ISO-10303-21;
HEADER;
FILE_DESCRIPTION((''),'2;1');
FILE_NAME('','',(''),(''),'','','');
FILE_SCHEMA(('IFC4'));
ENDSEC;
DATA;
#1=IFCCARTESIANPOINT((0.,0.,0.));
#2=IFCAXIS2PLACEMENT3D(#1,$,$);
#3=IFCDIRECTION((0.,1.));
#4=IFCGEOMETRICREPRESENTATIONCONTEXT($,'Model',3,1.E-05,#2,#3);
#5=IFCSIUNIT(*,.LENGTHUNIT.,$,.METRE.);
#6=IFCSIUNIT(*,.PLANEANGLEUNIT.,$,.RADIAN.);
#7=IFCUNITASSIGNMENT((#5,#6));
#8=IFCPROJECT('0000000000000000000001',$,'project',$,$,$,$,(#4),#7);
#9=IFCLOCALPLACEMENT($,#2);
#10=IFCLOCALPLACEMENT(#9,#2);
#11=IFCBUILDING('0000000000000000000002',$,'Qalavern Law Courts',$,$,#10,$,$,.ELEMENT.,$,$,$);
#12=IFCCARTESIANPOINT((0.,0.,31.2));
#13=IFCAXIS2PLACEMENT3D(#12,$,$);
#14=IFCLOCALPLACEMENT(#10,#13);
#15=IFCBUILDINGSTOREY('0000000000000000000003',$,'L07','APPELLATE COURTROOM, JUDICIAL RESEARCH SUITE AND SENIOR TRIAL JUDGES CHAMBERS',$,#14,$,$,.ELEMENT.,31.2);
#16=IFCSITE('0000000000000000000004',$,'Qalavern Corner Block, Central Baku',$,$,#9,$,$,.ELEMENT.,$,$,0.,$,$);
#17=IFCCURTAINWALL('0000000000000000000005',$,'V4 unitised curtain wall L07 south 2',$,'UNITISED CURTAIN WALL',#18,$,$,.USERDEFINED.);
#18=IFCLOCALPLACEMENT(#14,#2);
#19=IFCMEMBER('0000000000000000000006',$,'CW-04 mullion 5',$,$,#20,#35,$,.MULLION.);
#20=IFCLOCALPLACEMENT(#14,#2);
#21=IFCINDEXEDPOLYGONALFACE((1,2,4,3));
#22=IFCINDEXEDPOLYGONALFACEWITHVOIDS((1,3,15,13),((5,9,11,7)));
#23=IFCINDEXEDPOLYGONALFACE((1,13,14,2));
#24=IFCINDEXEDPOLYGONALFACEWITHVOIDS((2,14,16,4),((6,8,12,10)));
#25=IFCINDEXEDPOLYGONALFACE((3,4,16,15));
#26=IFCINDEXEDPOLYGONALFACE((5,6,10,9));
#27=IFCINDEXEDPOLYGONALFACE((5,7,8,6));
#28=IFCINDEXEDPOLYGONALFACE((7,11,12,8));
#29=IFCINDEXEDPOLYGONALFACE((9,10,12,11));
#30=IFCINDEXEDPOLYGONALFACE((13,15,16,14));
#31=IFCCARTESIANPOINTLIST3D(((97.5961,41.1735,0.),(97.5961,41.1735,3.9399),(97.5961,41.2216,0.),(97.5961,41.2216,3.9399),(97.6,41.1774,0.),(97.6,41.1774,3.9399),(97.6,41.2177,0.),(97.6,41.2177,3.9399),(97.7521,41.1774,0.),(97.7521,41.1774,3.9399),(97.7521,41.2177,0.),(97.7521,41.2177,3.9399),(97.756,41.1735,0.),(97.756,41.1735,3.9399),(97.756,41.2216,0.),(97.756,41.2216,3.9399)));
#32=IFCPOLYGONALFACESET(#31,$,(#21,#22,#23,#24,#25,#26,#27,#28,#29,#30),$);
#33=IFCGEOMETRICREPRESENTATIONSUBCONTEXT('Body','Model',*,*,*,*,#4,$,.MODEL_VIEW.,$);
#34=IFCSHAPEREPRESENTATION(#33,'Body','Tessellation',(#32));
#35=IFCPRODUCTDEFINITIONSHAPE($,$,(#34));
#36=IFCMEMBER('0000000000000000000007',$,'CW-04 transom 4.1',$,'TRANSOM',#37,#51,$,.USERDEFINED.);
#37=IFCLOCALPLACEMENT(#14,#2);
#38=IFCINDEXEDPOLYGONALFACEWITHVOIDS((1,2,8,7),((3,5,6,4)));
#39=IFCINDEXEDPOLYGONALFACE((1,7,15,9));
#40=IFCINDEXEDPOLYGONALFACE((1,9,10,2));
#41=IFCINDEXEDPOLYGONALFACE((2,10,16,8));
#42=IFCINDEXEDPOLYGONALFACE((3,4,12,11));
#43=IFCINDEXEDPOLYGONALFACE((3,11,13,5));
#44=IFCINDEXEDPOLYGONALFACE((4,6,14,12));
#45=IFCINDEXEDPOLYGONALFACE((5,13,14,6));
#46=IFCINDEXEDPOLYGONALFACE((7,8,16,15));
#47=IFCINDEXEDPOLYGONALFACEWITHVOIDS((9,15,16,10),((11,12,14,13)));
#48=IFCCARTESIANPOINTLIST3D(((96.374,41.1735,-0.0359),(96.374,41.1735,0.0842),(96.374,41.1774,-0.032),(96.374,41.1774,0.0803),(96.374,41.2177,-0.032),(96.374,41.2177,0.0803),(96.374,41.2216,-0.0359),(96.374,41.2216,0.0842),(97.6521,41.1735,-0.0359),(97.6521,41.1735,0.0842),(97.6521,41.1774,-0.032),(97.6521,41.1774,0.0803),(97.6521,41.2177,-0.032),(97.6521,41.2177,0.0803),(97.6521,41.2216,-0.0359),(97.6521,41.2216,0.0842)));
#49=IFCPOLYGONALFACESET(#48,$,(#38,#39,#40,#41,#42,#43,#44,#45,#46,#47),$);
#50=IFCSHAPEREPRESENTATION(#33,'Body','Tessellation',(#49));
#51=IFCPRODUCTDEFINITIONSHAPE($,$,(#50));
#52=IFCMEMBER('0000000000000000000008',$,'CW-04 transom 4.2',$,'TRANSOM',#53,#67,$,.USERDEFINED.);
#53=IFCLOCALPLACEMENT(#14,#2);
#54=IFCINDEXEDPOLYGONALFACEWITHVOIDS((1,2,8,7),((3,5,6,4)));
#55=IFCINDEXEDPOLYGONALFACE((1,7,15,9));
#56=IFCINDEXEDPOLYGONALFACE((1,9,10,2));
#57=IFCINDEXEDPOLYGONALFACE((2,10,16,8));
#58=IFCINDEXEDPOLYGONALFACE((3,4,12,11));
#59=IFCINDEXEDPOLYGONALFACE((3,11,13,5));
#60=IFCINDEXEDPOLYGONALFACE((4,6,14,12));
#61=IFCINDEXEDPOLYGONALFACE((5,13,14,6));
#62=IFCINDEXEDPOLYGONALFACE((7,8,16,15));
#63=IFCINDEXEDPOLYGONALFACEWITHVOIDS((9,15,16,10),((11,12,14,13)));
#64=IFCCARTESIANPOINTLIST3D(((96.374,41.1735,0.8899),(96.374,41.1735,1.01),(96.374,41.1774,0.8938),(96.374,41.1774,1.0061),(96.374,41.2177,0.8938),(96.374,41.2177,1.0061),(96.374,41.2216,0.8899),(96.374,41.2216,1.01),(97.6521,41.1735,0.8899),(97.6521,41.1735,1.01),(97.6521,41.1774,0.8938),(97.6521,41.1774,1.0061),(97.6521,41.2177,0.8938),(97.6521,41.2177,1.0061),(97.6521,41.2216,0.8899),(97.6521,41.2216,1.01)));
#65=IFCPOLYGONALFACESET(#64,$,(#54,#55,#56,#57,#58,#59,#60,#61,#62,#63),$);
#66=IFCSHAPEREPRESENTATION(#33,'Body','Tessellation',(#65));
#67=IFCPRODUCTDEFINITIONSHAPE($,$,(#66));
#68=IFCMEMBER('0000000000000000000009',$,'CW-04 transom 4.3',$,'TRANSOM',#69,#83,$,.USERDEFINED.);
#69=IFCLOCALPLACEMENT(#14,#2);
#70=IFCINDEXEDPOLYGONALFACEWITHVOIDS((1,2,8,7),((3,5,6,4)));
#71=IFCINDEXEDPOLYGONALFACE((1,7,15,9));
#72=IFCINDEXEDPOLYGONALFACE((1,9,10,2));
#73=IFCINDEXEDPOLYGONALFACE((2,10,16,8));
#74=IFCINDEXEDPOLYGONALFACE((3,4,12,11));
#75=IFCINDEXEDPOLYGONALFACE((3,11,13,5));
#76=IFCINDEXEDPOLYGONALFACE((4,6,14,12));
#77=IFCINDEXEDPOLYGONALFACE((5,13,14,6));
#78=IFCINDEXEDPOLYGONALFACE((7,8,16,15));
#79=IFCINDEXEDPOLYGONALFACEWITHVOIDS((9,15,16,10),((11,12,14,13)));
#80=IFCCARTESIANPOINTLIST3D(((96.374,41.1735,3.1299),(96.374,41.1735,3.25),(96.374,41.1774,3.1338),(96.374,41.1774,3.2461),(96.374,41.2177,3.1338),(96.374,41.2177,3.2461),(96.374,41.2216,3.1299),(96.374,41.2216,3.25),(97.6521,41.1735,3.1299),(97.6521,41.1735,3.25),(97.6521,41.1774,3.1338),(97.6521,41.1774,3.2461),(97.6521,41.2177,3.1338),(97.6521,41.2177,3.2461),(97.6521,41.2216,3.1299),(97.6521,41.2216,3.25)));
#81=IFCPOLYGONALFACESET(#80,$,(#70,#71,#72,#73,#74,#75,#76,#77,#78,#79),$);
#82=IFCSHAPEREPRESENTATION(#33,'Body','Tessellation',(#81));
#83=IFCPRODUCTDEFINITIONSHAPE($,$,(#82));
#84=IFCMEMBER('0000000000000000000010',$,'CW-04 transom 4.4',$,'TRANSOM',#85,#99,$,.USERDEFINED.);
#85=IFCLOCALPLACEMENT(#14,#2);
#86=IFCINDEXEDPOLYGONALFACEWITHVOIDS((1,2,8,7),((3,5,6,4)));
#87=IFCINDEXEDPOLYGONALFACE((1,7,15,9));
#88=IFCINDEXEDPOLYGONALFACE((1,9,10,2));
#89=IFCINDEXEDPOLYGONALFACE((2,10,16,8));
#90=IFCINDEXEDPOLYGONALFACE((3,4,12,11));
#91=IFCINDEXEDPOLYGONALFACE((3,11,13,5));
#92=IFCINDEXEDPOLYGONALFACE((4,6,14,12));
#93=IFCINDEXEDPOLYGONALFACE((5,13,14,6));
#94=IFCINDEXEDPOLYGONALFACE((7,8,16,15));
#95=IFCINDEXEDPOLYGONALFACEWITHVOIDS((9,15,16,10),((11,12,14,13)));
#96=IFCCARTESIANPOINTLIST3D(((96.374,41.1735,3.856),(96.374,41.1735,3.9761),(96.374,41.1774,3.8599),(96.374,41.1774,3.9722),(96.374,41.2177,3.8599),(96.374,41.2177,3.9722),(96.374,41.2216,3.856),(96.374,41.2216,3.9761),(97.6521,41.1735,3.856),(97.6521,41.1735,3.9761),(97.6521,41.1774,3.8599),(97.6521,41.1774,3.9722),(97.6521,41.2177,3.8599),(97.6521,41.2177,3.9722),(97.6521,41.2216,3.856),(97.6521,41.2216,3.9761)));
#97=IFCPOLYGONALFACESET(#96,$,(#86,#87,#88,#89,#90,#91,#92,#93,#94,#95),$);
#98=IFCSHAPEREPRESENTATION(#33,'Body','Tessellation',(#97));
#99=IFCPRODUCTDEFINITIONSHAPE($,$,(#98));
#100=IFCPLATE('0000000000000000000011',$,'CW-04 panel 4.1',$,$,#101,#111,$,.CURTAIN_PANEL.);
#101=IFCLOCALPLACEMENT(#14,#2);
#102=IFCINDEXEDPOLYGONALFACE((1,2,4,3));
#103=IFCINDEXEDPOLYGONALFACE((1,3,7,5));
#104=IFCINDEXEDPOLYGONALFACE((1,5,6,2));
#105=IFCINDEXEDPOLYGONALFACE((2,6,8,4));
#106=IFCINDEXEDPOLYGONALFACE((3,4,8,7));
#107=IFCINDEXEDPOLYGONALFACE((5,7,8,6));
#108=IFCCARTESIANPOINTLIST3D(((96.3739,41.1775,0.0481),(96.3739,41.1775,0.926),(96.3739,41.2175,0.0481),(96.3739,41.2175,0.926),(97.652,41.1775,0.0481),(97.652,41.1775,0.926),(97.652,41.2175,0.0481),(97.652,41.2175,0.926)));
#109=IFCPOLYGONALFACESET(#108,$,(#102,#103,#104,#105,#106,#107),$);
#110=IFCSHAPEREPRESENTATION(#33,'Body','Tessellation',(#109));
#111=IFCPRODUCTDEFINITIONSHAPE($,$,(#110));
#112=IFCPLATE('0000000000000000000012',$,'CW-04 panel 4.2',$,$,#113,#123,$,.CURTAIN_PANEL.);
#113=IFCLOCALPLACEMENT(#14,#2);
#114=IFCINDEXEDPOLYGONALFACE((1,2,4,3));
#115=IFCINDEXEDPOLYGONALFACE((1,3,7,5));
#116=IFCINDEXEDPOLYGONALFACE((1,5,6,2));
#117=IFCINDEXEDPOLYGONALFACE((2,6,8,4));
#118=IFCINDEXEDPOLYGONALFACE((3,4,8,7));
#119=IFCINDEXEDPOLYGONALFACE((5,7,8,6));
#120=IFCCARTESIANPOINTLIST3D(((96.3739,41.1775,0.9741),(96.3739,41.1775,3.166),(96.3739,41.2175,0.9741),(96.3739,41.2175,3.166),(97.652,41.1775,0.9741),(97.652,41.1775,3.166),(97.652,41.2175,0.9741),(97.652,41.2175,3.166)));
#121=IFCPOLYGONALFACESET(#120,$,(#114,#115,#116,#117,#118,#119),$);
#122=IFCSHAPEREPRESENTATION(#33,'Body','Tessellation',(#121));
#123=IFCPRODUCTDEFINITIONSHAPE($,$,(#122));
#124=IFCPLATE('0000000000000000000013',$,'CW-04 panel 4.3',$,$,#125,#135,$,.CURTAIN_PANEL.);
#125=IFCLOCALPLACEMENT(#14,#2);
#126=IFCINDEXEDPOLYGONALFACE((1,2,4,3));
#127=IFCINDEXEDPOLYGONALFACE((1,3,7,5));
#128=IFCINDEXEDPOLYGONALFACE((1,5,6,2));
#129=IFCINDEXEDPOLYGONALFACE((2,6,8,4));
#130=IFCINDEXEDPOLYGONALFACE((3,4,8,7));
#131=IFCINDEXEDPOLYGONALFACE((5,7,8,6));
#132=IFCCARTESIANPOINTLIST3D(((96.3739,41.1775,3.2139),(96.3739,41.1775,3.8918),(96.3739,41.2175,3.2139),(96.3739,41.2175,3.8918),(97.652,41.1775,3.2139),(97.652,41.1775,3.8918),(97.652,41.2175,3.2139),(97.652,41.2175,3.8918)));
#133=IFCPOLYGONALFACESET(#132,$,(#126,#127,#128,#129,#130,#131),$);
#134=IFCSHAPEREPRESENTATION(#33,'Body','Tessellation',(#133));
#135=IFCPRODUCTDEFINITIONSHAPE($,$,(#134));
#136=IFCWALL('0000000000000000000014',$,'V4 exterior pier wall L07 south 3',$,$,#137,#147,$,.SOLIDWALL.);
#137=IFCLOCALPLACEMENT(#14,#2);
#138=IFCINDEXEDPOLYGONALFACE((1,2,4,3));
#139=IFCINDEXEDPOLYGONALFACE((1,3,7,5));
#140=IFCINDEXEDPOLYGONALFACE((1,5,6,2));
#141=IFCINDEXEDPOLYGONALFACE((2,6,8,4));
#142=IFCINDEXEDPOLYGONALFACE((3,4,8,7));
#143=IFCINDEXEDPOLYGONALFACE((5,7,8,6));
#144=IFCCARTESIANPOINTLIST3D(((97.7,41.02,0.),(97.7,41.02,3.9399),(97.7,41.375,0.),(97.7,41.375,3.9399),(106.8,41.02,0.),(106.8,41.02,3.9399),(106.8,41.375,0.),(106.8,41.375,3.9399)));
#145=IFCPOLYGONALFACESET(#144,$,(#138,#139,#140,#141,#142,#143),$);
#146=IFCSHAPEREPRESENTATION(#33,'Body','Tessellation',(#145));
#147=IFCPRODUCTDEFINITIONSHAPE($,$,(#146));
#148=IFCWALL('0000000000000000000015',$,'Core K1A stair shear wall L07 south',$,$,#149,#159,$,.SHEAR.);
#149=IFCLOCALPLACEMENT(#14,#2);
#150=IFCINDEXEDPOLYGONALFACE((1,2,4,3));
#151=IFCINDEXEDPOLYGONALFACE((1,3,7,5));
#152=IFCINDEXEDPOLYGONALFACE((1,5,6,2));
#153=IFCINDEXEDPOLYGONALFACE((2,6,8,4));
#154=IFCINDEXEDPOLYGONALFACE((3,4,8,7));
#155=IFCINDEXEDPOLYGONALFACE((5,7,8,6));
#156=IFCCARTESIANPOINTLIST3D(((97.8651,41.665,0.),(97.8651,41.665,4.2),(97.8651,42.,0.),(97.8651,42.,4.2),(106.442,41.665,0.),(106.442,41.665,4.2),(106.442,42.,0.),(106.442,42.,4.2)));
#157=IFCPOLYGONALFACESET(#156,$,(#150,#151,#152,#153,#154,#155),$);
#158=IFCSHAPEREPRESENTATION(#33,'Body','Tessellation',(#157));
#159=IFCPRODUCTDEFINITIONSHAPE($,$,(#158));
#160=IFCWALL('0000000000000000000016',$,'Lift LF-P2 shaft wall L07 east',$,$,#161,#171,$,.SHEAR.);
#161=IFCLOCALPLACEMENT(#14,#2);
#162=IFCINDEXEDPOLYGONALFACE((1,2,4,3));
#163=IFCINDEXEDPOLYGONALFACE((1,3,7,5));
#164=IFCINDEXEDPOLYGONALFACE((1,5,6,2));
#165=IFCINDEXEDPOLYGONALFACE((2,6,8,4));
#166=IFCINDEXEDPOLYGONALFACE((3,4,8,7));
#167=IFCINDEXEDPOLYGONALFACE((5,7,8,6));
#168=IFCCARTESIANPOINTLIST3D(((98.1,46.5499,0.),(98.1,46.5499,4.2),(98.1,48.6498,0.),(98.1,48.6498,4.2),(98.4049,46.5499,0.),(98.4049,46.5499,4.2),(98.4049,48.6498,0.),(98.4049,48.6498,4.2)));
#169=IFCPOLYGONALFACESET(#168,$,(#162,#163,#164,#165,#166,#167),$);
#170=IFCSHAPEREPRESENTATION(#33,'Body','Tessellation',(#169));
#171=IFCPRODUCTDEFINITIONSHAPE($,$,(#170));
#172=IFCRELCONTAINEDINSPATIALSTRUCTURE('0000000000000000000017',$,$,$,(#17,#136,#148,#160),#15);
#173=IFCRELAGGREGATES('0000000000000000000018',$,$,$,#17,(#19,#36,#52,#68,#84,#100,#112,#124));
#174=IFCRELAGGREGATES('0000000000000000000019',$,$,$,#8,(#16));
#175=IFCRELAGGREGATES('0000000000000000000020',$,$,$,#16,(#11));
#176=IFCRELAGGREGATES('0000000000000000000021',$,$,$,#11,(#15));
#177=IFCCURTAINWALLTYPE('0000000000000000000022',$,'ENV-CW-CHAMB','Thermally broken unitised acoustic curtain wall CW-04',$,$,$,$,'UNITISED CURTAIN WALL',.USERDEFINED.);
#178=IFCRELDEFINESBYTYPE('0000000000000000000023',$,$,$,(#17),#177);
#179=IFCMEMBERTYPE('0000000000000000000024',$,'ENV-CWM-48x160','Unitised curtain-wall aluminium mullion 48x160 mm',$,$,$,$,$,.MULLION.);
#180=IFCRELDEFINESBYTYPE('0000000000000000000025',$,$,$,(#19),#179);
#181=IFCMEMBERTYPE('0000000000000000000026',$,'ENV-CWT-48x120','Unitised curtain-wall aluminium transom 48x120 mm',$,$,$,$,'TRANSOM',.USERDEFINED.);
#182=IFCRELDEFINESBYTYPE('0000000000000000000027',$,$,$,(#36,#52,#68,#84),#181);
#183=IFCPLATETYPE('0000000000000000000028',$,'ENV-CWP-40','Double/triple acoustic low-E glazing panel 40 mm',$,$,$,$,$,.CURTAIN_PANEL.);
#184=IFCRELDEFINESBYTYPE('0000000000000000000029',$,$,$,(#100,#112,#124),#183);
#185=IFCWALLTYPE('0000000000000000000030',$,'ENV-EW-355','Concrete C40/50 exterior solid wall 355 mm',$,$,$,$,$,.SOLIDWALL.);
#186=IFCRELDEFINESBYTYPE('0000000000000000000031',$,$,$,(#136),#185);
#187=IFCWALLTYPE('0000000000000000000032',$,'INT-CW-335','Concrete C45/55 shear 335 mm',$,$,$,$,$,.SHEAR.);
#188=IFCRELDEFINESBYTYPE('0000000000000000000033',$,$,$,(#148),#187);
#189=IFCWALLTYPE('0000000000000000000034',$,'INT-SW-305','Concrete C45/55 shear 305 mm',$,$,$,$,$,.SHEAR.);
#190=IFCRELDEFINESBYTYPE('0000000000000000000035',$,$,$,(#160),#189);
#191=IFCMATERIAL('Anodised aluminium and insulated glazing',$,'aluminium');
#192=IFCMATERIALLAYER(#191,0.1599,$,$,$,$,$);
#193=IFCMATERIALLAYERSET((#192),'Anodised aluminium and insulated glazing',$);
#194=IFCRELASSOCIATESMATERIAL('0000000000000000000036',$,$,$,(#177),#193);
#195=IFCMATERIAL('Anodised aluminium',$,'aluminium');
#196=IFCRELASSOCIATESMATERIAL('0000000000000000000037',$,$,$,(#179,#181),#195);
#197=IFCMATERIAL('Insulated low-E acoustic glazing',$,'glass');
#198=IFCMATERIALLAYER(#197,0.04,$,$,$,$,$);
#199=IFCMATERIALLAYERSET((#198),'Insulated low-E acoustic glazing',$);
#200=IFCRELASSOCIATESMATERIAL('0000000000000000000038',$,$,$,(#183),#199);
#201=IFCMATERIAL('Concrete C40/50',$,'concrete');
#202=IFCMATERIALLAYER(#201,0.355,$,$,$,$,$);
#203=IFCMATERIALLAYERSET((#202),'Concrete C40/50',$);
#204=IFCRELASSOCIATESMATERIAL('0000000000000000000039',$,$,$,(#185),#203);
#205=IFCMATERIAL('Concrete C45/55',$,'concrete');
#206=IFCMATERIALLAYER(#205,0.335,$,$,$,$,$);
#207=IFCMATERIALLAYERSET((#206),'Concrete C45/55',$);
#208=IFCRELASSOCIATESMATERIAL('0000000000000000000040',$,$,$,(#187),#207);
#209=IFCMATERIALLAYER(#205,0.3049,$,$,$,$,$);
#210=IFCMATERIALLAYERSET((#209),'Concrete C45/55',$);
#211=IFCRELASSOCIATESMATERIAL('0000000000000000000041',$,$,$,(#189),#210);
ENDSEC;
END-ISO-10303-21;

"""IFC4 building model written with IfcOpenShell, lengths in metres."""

from ifc_helpers import new_model, si_unit, direction, frame, frame_2d, origin, origin_2d, place, context, subcontext, project, spatial, rectangle, hollow_rectangle, extrude, material, layer, layer_set, material_profile, profile_set, type_object, element, aggregate, save


model = new_model("IFC4")

# Units and contexts
model_context = context("Model", 3, precision=1e-05, world=origin(), true_north=direction((0.0, 1.0)))
body_context = subcontext(model_context, "Body", "Model", "MODEL_VIEW")
ifc_project = project(units=[si_unit("LENGTHUNIT", "METRE"), si_unit("PLANEANGLEUNIT", "RADIAN")], contexts=[model_context])

# Site, building, storey
site_placement = place(None, origin())
site = spatial("IfcSite", under=ifc_project, at=site_placement, Name="Qalavern Corner Block, Central Baku", CompositionType="ELEMENT", RefElevation=0.0)
building_placement = place(site_placement, origin())
building = spatial("IfcBuilding", under=site, at=building_placement, Name="Qalavern Law Courts", CompositionType="ELEMENT")
storey_placement = place(building_placement, frame((0.0, 0.0, 31.2)))
storey = spatial("IfcBuildingStorey", under=building, at=storey_placement, Name="L07", Description="APPELLATE COURTROOM, JUDICIAL RESEARCH SUITE AND SENIOR TRIAL JUDGES CHAMBERS", CompositionType="ELEMENT", Elevation=31.2)

# Curtain wall, members, plates
ifc_material_1 = material(Name="Anodised aluminium and insulated glazing", Category="aluminium")
ifc_layer_1 = layer(ifc_material_1, 0.1599)
ifc_layer_set_1 = layer_set([ifc_layer_1], Name="Anodised aluminium and insulated glazing")
curtain_wall_type = type_object("IfcCurtainWallType", Name="ENV-CW-CHAMB", Description="Thermally broken unitised acoustic curtain wall CW-04", ElementType="UNITISED CURTAIN WALL", PredefinedType="USERDEFINED", material=ifc_layer_set_1)
curtain_wall_placement = place(storey_placement, origin())
curtain_wall = element("IfcCurtainWall", 1, at=curtain_wall_placement, inside=storey, type_object=curtain_wall_type, Name="V4 unitised curtain wall L07 south 2", ObjectType="UNITISED CURTAIN WALL", PredefinedType="USERDEFINED")
ifc_material_2 = material(Name="Anodised aluminium", Category="aluminium")
ifc_material_profile_1 = material_profile(ifc_material_2, hollow_rectangle(XDim=0.0481, YDim=0.1599, WallThickness=0.0039, at=origin_2d()), Name="ALU MULLION 48x160")
ifc_profile_set_1 = profile_set([ifc_material_profile_1], Name="Anodised aluminium")
member_type_1 = type_object("IfcMemberType", Name="ENV-CWM-48x160", Description="Unitised curtain-wall aluminium mullion 48x160 mm", PredefinedType="MULLION", material=ifc_profile_set_1)
member_1_placement = place(storey_placement, frame((97.676, 41.1975, 0.0), z_axis=(0.0, 0.0, 1.0), x_axis=(0.0, 1.0, 0.0)))
member_1 = element("IfcMember", 2, at=member_1_placement, type_object=member_type_1, Name="CW-04 mullion 5", PredefinedType="MULLION", context=body_context, shape_type="SweptSolid", body=[
    extrude(hollow_rectangle(XDim=0.0481, YDim=0.1599, WallThickness=0.0039, at=origin_2d()), origin(), (0.0, 0.0, 1.0), 3.9399),
])
ifc_material_profile_2 = material_profile(ifc_material_2, hollow_rectangle(XDim=0.0481, YDim=0.1201, WallThickness=0.0039, at=origin_2d()), Name="ALU TRANSOM 48x120")
ifc_profile_set_2 = profile_set([ifc_material_profile_2], Name="Anodised aluminium")
member_type_2 = type_object("IfcMemberType", Name="ENV-CWT-48x120", Description="Unitised curtain-wall aluminium transom 48x120 mm", ElementType="TRANSOM", PredefinedType="USERDEFINED", material=ifc_profile_set_2)
member_2_placement = place(storey_placement, frame((96.374, 41.1975, 0.0242), z_axis=(1.0, 0.0, 0.0), x_axis=(0.0, 1.0, 0.0)))
member_2 = element("IfcMember", 3, at=member_2_placement, type_object=member_type_2, Name="CW-04 transom 4.1", ObjectType="TRANSOM", PredefinedType="USERDEFINED", context=body_context, shape_type="SweptSolid", body=[
    extrude(hollow_rectangle(XDim=0.0481, YDim=0.1201, WallThickness=0.0039, at=origin_2d()), origin(), (0.0, 0.0, 1.0), 1.2781),
])
member_3_placement = place(storey_placement, frame((96.374, 41.1975, 0.95), z_axis=(1.0, 0.0, 0.0), x_axis=(0.0, 1.0, 0.0)))
member_3 = element("IfcMember", 4, at=member_3_placement, type_object=member_type_2, Name="CW-04 transom 4.2", ObjectType="TRANSOM", PredefinedType="USERDEFINED", context=body_context, shape_type="SweptSolid", body=[
    extrude(hollow_rectangle(XDim=0.0481, YDim=0.1201, WallThickness=0.0039, at=origin_2d()), origin(), (0.0, 0.0, 1.0), 1.2781),
])
member_4_placement = place(storey_placement, frame((96.374, 41.1975, 3.1899), z_axis=(1.0, 0.0, 0.0), x_axis=(0.0, 1.0, 0.0)))
member_4 = element("IfcMember", 5, at=member_4_placement, type_object=member_type_2, Name="CW-04 transom 4.3", ObjectType="TRANSOM", PredefinedType="USERDEFINED", context=body_context, shape_type="SweptSolid", body=[
    extrude(hollow_rectangle(XDim=0.0481, YDim=0.1201, WallThickness=0.0039, at=origin_2d()), origin(), (0.0, 0.0, 1.0), 1.2781),
])
member_5_placement = place(storey_placement, frame((96.374, 41.1975, 3.916), z_axis=(1.0, 0.0, 0.0), x_axis=(0.0, 1.0, 0.0)))
member_5 = element("IfcMember", 6, at=member_5_placement, type_object=member_type_2, Name="CW-04 transom 4.4", ObjectType="TRANSOM", PredefinedType="USERDEFINED", context=body_context, shape_type="SweptSolid", body=[
    extrude(hollow_rectangle(XDim=0.0481, YDim=0.1201, WallThickness=0.0039, at=origin_2d()), origin(), (0.0, 0.0, 1.0), 1.2781),
])
ifc_material_3 = material(Name="Insulated low-E acoustic glazing", Category="glass")
ifc_layer_2 = layer(ifc_material_3, 0.04)
ifc_layer_set_2 = layer_set([ifc_layer_2], Name="Insulated low-E acoustic glazing")
plate_type = type_object("IfcPlateType", Name="ENV-CWP-40", Description="Double/triple acoustic low-E glazing panel 40 mm", PredefinedType="CURTAIN_PANEL", material=ifc_layer_set_2)
plate_1_placement = place(storey_placement, frame((97.0129, 41.1975, 0.0481), z_axis=(0.0, 0.0, 1.0), x_axis=(1.0, 0.0, 0.0)))
plate_1 = element("IfcPlate", 7, at=plate_1_placement, type_object=plate_type, Name="CW-04 panel 4.1", PredefinedType="CURTAIN_PANEL", context=body_context, shape_type="SweptSolid", body=[
    extrude(rectangle(XDim=1.2781, YDim=0.04, at=origin_2d()), origin(), (0.0, 0.0, 1.0), 0.8779),
])
plate_2_placement = place(storey_placement, frame((97.0129, 41.1975, 0.9741), z_axis=(0.0, 0.0, 1.0), x_axis=(1.0, 0.0, 0.0)))
plate_2 = element("IfcPlate", 8, at=plate_2_placement, type_object=plate_type, Name="CW-04 panel 4.2", PredefinedType="CURTAIN_PANEL", context=body_context, shape_type="SweptSolid", body=[
    extrude(rectangle(XDim=1.2781, YDim=0.04, at=origin_2d()), origin(), (0.0, 0.0, 1.0), 2.1919),
])
plate_3_placement = place(storey_placement, frame((97.0129, 41.1975, 3.2139), z_axis=(0.0, 0.0, 1.0), x_axis=(1.0, 0.0, 0.0)))
plate_3 = element("IfcPlate", 9, at=plate_3_placement, type_object=plate_type, Name="CW-04 panel 4.3", PredefinedType="CURTAIN_PANEL", context=body_context, shape_type="SweptSolid", body=[
    extrude(rectangle(XDim=1.2781, YDim=0.04, at=origin_2d()), origin(), (0.0, 0.0, 1.0), 0.678),
])
aggregate(curtain_wall, [member_1, member_2, member_3, member_4, member_5, plate_1, plate_2, plate_3])

# Walls
ifc_material_4 = material(Name="Concrete C40/50", Category="concrete")
ifc_layer_3 = layer(ifc_material_4, 0.355)
ifc_layer_set_3 = layer_set([ifc_layer_3], Name="Concrete C40/50")
wall_type_1 = type_object("IfcWallType", Name="ENV-EW-355", Description="Concrete C40/50 exterior solid wall 355 mm", PredefinedType="SOLIDWALL", material=ifc_layer_set_3)
wall_1_placement = place(storey_placement, frame((97.7, 41.1975, 0.0), z_axis=(0.0, 0.0, 1.0), x_axis=(1.0, 0.0, 0.0)))
element("IfcWall", 10, at=wall_1_placement, inside=storey, type_object=wall_type_1, Name="V4 exterior pier wall L07 south 3", PredefinedType="SOLIDWALL", context=body_context, shape_type="SweptSolid", body=[
    extrude(rectangle(XDim=9.1001, YDim=0.355, at=frame_2d((4.55, 0.0))), origin(), (0.0, 0.0, 1.0), 3.9399),
])
ifc_material_5 = material(Name="Concrete C45/55", Category="concrete")
ifc_layer_4 = layer(ifc_material_5, 0.335)
ifc_layer_set_4 = layer_set([ifc_layer_4], Name="Concrete C45/55")
wall_type_2 = type_object("IfcWallType", Name="INT-CW-335", Description="Concrete C45/55 shear 335 mm", PredefinedType="SHEAR", material=ifc_layer_set_4)
wall_2_placement = place(storey_placement, frame((97.865, 41.8325, 0.0), z_axis=(0.0, 0.0, 1.0), x_axis=(1.0, 0.0, 0.0)))
element("IfcWall", 11, at=wall_2_placement, inside=storey, type_object=wall_type_2, Name="Core K1A stair shear wall L07 south", PredefinedType="SHEAR", context=body_context, shape_type="SweptSolid", body=[
    extrude(rectangle(XDim=8.5769, YDim=0.335, at=frame_2d((4.2886, 0.0))), origin(), (0.0, 0.0, 1.0), 4.2),
])

# Wall
ifc_layer_5 = layer(ifc_material_5, 0.3049)
ifc_layer_set_5 = layer_set([ifc_layer_5], Name="Concrete C45/55")
wall_type_3 = type_object("IfcWallType", Name="INT-SW-305", Description="Concrete C45/55 shear 305 mm", PredefinedType="SHEAR", material=ifc_layer_set_5)
wall_3_placement = place(storey_placement, frame((98.2524, 46.55, 0.0), z_axis=(0.0, 0.0, 1.0), x_axis=(0.0, 1.0, 0.0)))
element("IfcWall", 12, at=wall_3_placement, inside=storey, type_object=wall_type_3, Name="Lift LF-P2 shaft wall L07 east", PredefinedType="SHEAR", context=body_context, shape_type="SweptSolid", body=[
    extrude(rectangle(XDim=2.0999, YDim=0.3049, at=frame_2d((1.0498, 0.0))), origin(), (0.0, 0.0, 1.0), 4.2),
])

save(model, "model.ifc")
